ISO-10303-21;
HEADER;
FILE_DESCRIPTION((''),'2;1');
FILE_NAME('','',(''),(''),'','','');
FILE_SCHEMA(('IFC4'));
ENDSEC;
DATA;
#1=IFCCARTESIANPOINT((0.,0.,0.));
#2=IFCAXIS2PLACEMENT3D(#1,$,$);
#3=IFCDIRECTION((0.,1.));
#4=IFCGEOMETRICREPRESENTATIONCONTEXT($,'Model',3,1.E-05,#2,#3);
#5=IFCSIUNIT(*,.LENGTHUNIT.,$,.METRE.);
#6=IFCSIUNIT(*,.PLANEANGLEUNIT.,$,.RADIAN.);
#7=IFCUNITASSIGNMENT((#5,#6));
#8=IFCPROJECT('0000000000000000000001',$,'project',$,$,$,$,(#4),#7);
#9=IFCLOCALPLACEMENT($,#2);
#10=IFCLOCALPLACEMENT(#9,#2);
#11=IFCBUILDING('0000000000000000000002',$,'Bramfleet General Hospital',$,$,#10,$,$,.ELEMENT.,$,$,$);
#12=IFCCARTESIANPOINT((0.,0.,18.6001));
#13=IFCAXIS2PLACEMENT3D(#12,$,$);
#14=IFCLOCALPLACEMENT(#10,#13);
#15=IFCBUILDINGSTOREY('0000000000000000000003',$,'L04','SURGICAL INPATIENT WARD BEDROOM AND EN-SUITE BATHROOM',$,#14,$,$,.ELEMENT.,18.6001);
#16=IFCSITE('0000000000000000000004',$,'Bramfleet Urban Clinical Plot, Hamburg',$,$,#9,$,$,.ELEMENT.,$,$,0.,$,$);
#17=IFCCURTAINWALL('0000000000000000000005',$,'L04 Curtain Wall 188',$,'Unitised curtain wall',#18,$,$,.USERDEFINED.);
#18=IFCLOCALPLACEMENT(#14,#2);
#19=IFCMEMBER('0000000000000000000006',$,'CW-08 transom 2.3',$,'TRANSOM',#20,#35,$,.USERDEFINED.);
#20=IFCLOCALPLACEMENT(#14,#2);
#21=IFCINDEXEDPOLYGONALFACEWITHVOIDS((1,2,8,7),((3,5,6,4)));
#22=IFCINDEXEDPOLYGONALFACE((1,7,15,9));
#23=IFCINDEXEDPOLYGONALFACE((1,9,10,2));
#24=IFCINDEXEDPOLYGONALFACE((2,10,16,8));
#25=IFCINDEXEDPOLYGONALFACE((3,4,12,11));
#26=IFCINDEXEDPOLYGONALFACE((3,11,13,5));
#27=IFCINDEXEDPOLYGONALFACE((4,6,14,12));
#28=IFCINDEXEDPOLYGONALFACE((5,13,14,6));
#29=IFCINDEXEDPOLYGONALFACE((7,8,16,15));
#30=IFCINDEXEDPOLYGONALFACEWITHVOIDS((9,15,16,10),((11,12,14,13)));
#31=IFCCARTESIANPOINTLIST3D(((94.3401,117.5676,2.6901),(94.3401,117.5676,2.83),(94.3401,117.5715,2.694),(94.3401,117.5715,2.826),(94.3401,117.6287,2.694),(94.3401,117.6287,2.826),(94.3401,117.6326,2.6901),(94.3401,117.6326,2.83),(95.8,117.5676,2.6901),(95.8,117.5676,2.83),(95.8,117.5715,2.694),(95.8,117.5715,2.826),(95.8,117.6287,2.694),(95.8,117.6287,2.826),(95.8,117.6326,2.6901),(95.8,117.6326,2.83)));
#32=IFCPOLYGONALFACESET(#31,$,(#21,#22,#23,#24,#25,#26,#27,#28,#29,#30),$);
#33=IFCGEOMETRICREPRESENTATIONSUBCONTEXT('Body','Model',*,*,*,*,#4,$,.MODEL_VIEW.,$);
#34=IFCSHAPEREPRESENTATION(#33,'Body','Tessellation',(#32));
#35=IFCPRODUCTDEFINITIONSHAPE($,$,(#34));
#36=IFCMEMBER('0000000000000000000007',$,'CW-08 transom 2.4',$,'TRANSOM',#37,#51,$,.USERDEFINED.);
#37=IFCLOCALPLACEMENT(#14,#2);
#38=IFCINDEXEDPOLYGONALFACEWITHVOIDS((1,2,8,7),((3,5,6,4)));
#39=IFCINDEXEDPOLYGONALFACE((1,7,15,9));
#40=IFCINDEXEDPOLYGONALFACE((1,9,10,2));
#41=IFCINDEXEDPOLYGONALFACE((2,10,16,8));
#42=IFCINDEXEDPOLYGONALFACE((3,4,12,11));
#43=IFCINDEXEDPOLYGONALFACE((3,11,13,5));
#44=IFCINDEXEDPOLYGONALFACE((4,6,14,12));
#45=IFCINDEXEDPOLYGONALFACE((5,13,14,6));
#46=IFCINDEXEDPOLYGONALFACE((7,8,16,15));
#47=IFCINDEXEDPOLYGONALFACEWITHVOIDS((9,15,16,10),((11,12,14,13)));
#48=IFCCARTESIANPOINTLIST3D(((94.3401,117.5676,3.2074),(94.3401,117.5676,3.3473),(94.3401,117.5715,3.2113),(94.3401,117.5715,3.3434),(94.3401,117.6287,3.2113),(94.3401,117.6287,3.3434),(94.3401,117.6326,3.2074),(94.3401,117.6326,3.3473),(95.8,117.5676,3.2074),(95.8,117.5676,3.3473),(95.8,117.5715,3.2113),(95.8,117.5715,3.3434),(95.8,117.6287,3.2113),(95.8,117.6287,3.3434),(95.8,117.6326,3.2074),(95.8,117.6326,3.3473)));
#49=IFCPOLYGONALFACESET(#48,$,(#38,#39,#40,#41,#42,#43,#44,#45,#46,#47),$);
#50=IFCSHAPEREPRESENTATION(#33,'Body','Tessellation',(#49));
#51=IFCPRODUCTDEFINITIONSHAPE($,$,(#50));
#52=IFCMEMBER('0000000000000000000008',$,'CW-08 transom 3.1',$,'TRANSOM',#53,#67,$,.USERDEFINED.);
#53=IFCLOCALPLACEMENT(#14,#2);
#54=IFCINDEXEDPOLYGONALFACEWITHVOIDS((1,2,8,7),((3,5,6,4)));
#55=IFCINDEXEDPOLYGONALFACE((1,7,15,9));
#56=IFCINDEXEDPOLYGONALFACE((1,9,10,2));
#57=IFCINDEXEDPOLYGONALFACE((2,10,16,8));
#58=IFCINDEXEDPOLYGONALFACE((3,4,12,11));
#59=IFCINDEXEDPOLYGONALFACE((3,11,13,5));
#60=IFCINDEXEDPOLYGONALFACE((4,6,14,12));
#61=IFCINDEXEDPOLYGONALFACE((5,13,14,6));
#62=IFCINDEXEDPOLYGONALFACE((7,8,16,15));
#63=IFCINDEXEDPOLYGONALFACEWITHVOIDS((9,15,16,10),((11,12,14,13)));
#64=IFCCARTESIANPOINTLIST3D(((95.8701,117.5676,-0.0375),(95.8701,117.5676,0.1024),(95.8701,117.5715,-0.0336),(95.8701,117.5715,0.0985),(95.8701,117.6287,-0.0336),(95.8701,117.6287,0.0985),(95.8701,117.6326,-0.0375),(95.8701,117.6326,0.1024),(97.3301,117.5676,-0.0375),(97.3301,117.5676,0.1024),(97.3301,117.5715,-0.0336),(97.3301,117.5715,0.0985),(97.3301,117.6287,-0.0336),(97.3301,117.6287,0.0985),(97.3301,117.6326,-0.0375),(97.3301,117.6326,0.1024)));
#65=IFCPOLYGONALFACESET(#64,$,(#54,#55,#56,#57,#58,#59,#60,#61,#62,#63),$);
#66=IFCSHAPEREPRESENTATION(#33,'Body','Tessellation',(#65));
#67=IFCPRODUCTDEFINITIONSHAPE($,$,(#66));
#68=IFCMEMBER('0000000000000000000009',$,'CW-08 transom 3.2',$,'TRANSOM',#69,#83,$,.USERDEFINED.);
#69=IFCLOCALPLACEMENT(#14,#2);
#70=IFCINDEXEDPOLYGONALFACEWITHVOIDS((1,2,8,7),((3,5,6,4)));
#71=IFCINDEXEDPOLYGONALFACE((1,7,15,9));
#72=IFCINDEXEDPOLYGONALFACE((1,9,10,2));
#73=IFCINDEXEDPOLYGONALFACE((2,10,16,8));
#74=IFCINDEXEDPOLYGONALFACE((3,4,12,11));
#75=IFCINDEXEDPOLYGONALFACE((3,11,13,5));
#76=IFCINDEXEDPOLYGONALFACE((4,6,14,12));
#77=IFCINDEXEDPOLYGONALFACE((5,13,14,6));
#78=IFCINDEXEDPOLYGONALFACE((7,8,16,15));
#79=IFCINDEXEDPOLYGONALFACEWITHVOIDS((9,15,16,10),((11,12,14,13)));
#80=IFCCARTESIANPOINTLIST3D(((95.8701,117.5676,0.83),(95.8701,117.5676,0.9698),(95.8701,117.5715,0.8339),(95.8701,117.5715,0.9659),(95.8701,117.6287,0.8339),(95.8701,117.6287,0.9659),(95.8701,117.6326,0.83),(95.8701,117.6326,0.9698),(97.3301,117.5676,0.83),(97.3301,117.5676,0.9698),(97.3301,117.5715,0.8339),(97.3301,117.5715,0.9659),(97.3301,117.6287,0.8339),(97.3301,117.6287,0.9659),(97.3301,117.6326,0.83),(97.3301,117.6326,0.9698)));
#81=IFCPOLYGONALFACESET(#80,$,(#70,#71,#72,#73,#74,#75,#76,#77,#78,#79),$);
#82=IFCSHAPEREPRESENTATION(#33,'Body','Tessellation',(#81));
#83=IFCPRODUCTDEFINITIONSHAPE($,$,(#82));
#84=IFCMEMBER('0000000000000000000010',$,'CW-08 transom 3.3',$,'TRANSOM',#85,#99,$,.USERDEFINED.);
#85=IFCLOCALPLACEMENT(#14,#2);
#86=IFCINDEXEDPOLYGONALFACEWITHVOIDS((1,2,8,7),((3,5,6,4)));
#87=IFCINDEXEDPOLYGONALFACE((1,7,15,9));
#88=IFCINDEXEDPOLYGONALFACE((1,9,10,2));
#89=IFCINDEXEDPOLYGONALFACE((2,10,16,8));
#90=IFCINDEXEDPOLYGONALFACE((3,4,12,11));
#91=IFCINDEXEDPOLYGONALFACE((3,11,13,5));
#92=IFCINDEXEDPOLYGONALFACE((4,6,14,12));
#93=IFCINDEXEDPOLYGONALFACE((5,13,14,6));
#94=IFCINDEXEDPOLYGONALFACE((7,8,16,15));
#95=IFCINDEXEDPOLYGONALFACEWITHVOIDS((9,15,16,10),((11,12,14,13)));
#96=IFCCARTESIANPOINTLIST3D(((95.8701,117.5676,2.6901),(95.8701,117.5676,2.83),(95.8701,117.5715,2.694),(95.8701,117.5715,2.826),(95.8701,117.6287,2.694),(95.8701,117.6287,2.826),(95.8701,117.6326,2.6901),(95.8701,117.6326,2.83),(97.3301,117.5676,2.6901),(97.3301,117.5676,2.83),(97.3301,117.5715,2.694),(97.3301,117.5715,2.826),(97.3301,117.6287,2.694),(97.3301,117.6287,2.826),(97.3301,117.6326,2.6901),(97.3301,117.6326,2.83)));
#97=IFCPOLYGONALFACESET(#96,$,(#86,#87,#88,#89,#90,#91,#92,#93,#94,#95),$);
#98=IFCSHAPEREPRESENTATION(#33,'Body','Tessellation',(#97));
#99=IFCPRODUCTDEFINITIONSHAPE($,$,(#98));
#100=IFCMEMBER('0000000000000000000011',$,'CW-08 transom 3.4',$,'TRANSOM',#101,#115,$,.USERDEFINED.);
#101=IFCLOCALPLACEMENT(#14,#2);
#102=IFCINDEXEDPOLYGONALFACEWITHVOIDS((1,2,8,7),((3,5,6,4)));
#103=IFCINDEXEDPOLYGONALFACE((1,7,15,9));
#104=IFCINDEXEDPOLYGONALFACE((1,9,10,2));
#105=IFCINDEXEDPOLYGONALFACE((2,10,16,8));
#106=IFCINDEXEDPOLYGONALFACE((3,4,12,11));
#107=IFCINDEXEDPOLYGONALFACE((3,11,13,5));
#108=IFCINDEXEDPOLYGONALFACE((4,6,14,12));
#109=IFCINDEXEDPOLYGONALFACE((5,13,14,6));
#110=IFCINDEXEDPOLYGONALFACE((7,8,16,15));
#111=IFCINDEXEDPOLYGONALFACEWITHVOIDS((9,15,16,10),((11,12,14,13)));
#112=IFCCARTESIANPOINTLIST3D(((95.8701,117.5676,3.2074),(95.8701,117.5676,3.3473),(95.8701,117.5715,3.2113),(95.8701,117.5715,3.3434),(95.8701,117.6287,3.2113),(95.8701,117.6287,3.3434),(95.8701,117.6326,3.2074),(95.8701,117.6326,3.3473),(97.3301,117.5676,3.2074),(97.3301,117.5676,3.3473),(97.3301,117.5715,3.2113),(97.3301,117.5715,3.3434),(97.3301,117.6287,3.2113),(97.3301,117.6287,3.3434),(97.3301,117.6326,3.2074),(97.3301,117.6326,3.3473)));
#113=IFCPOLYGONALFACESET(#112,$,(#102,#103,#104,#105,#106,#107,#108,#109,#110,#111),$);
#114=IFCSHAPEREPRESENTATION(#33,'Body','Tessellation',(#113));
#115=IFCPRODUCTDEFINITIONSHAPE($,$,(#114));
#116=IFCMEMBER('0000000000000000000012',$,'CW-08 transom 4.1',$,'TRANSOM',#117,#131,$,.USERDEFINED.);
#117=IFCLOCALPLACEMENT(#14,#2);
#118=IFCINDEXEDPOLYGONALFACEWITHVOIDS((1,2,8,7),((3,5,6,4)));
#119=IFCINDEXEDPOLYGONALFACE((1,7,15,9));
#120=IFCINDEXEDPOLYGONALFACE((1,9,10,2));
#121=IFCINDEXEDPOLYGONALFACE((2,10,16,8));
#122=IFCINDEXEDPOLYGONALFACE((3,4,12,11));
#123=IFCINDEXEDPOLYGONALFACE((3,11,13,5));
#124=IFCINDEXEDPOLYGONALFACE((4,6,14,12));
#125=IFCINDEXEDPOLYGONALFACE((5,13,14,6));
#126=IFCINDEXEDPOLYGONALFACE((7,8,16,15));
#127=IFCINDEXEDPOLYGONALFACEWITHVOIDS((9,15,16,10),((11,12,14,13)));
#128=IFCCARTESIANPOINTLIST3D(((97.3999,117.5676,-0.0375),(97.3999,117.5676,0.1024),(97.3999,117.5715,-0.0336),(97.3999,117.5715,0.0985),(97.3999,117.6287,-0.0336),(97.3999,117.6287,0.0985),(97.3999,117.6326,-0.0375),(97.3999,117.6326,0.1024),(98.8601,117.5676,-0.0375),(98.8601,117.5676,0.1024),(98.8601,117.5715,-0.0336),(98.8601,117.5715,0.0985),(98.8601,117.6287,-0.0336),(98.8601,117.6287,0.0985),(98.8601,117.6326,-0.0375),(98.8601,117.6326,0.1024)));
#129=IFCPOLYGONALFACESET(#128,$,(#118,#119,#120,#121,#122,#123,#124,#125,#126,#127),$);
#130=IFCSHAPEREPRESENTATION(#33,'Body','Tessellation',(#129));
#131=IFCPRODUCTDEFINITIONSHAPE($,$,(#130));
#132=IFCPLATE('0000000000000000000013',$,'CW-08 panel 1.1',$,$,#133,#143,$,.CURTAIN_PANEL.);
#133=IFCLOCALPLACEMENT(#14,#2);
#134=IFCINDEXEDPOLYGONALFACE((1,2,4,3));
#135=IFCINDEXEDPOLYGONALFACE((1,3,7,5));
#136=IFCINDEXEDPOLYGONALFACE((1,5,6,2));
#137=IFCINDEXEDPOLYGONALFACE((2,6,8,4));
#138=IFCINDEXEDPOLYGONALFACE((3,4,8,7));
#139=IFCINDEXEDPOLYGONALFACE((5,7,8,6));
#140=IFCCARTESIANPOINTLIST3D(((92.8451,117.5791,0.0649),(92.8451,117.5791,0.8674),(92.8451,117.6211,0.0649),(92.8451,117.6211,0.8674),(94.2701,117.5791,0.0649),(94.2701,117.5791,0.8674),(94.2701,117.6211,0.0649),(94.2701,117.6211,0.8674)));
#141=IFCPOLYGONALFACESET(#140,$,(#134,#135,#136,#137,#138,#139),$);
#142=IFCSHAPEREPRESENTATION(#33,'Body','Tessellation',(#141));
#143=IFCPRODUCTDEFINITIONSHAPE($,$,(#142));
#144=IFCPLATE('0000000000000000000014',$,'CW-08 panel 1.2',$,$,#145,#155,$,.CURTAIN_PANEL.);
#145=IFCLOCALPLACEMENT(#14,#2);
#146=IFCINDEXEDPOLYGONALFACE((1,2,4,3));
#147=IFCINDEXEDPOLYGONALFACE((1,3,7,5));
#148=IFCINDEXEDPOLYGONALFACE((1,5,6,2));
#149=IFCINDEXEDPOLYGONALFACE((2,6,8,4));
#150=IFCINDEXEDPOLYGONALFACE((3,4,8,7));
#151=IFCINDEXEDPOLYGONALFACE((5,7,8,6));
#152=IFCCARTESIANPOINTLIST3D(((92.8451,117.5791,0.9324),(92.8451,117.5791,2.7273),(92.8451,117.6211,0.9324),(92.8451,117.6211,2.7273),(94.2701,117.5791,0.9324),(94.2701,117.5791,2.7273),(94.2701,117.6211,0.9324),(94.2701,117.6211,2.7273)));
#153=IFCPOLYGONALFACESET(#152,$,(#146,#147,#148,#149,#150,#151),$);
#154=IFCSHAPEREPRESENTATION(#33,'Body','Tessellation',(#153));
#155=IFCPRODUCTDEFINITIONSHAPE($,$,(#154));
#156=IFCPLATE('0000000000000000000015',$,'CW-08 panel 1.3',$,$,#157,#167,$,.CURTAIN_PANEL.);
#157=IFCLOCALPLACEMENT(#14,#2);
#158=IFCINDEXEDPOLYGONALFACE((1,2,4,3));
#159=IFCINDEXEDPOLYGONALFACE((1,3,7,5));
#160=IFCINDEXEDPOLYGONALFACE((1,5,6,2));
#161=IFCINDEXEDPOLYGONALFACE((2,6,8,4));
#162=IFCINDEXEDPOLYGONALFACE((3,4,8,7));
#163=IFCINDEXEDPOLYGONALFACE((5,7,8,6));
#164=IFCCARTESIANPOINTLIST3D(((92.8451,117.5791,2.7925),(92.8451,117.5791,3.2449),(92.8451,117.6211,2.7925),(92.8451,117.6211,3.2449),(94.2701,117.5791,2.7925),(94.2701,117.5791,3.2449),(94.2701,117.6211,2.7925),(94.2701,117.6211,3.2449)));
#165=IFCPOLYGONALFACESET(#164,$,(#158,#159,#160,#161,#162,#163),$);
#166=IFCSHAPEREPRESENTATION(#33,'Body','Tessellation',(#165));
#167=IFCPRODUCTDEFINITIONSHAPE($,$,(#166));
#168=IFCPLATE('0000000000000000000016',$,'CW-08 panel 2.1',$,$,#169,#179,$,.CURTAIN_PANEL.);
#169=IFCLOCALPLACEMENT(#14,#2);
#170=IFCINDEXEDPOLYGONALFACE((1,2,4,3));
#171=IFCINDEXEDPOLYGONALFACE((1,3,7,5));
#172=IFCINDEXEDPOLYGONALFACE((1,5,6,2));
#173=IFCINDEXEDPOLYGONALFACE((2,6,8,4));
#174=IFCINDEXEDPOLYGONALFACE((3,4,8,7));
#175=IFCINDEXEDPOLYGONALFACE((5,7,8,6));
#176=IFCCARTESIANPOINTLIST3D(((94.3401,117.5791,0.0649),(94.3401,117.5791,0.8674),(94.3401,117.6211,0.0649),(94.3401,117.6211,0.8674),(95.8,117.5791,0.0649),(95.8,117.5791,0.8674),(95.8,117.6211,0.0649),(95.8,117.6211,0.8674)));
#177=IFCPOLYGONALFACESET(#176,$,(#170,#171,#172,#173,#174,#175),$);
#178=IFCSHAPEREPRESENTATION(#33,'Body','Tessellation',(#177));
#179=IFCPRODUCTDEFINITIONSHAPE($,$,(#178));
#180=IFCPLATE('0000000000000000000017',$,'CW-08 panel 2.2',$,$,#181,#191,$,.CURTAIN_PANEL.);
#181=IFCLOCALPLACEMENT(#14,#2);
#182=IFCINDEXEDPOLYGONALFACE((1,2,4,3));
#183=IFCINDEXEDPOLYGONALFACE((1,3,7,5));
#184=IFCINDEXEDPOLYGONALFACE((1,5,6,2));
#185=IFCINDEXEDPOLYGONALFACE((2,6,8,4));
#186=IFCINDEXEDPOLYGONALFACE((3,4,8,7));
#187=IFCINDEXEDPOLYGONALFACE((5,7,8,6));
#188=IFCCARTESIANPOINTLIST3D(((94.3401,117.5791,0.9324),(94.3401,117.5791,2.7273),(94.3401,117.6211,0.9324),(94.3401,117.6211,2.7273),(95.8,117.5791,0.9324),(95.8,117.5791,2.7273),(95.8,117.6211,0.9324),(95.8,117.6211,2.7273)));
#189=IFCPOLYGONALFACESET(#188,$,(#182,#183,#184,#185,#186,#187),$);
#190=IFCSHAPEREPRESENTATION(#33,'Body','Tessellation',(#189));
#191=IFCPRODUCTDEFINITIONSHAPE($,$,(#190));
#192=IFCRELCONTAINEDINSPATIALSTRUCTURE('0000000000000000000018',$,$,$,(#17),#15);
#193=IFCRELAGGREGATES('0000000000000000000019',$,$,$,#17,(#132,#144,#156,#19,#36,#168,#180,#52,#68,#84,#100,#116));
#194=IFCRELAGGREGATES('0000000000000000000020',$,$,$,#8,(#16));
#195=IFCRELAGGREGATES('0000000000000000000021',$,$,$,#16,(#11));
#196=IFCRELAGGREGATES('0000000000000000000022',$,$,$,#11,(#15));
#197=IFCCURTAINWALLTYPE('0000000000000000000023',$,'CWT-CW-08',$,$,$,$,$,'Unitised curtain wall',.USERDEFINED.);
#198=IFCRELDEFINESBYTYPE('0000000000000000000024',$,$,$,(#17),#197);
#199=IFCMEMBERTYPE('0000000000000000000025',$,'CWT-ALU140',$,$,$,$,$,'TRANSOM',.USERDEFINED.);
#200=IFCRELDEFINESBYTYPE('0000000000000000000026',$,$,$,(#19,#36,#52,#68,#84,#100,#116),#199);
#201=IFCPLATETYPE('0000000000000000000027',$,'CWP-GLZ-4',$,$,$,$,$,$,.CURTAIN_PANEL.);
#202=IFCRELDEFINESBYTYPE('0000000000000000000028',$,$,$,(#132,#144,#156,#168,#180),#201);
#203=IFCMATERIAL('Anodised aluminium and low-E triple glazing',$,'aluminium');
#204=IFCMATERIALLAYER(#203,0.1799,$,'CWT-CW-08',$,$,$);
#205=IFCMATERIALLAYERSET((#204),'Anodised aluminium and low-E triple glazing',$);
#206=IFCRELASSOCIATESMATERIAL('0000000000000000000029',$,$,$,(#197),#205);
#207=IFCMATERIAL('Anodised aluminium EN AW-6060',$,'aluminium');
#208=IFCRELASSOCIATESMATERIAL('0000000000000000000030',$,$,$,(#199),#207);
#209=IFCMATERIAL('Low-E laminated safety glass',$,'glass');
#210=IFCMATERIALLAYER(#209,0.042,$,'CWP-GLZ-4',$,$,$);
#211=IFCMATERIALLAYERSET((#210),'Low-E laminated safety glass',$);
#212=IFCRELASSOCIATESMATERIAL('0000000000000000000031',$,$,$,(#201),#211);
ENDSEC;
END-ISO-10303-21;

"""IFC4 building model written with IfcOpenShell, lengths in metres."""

from ifc_helpers import new_model, si_unit, direction, frame, origin, origin_2d, place, context, subcontext, project, spatial, rectangle, hollow_rectangle, extrude, material, layer, layer_set, material_profile, profile_set, type_object, element, aggregate, save


model = new_model("IFC4")

# Units and contexts
model_context = context("Model", 3, precision=1e-05, world=origin(), true_north=direction((0.0, 1.0)))
body_context = subcontext(model_context, "Body", "Model", "MODEL_VIEW")
ifc_project = project(units=[si_unit("LENGTHUNIT", "METRE"), si_unit("PLANEANGLEUNIT", "RADIAN")], contexts=[model_context])

# Site, building, storey
site_placement = place(None, origin())
site = spatial("IfcSite", under=ifc_project, at=site_placement, Name="Bramfleet Urban Clinical Plot, Hamburg", CompositionType="ELEMENT", RefElevation=0.0)
building_placement = place(site_placement, origin())
building = spatial("IfcBuilding", under=site, at=building_placement, Name="Bramfleet General Hospital", CompositionType="ELEMENT")
storey_placement = place(building_placement, frame((0.0, 0.0, 18.6001)))
storey = spatial("IfcBuildingStorey", under=building, at=storey_placement, Name="L04", Description="SURGICAL INPATIENT WARD BEDROOM AND EN-SUITE BATHROOM", CompositionType="ELEMENT", Elevation=18.6001)

# Curtain wall, members, plates
ifc_material_1 = material(Name="Anodised aluminium and low-E triple glazing", Category="aluminium")
ifc_layer_1 = layer(ifc_material_1, 0.1799, Name="CWT-CW-08")
ifc_layer_set_1 = layer_set([ifc_layer_1], Name="Anodised aluminium and low-E triple glazing")
curtain_wall_type = type_object("IfcCurtainWallType", Name="CWT-CW-08", ElementType="Unitised curtain wall", PredefinedType="USERDEFINED", material=ifc_layer_set_1)
curtain_wall_placement = place(storey_placement, origin())
curtain_wall = element("IfcCurtainWall", 1, at=curtain_wall_placement, inside=storey, type_object=curtain_wall_type, Name="L04 Curtain Wall 188", ObjectType="Unitised curtain wall", PredefinedType="USERDEFINED")
ifc_material_2 = material(Name="Anodised aluminium EN AW-6060", Category="aluminium")
ifc_material_profile_1 = material_profile(ifc_material_2, hollow_rectangle(XDim=0.0649, YDim=0.1399, WallThickness=0.0039, at=origin_2d()), Name="ALU 140x65x4.0")
ifc_profile_set_1 = profile_set([ifc_material_profile_1], Name="Anodised aluminium EN AW-6060")
member_type_1 = type_object("IfcMemberType", Name="CWT-ALU140", ElementType="TRANSOM", PredefinedType="USERDEFINED", material=ifc_profile_set_1)
member_1_placement = place(storey_placement, frame((94.3401, 117.6001, 2.76), z_axis=(1.0, 0.0, 0.0), x_axis=(0.0, 1.0, 0.0)))
member_1 = element("IfcMember", 2, at=member_1_placement, type_object=member_type_1, Name="CW-08 transom 2.3", ObjectType="TRANSOM", PredefinedType="USERDEFINED", context=body_context, shape_type="SweptSolid", body=[
    extrude(hollow_rectangle(XDim=0.0649, YDim=0.1399, WallThickness=0.0039, at=origin_2d()), origin(), (0.0, 0.0, 1.0), 1.46),
])
member_2_placement = place(storey_placement, frame((94.3401, 117.6001, 3.2773), z_axis=(1.0, 0.0, 0.0), x_axis=(0.0, 1.0, 0.0)))
member_2 = element("IfcMember", 3, at=member_2_placement, type_object=member_type_1, Name="CW-08 transom 2.4", ObjectType="TRANSOM", PredefinedType="USERDEFINED", context=body_context, shape_type="SweptSolid", body=[
    extrude(hollow_rectangle(XDim=0.0649, YDim=0.1399, WallThickness=0.0039, at=origin_2d()), origin(), (0.0, 0.0, 1.0), 1.46),
])
member_3_placement = place(storey_placement, frame((95.8701, 117.6001, 0.0325), z_axis=(1.0, 0.0, 0.0), x_axis=(0.0, 1.0, 0.0)))
member_3 = element("IfcMember", 4, at=member_3_placement, type_object=member_type_1, Name="CW-08 transom 3.1", ObjectType="TRANSOM", PredefinedType="USERDEFINED", context=body_context, shape_type="SweptSolid", body=[
    extrude(hollow_rectangle(XDim=0.0649, YDim=0.1399, WallThickness=0.0039, at=origin_2d()), origin(), (0.0, 0.0, 1.0), 1.46),
])
member_4_placement = place(storey_placement, frame((95.8701, 117.6001, 0.8999), z_axis=(1.0, 0.0, 0.0), x_axis=(0.0, 1.0, 0.0)))
member_4 = element("IfcMember", 5, at=member_4_placement, type_object=member_type_1, Name="CW-08 transom 3.2", ObjectType="TRANSOM", PredefinedType="USERDEFINED", context=body_context, shape_type="SweptSolid", body=[
    extrude(hollow_rectangle(XDim=0.0649, YDim=0.1399, WallThickness=0.0039, at=origin_2d()), origin(), (0.0, 0.0, 1.0), 1.46),
])
member_5_placement = place(storey_placement, frame((95.8701, 117.6001, 2.76), z_axis=(1.0, 0.0, 0.0), x_axis=(0.0, 1.0, 0.0)))
member_5 = element("IfcMember", 6, at=member_5_placement, type_object=member_type_1, Name="CW-08 transom 3.3", ObjectType="TRANSOM", PredefinedType="USERDEFINED", context=body_context, shape_type="SweptSolid", body=[
    extrude(hollow_rectangle(XDim=0.0649, YDim=0.1399, WallThickness=0.0039, at=origin_2d()), origin(), (0.0, 0.0, 1.0), 1.46),
])
member_6_placement = place(storey_placement, frame((95.8701, 117.6001, 3.2773), z_axis=(1.0, 0.0, 0.0), x_axis=(0.0, 1.0, 0.0)))
member_6 = element("IfcMember", 7, at=member_6_placement, type_object=member_type_1, Name="CW-08 transom 3.4", ObjectType="TRANSOM", PredefinedType="USERDEFINED", context=body_context, shape_type="SweptSolid", body=[
    extrude(hollow_rectangle(XDim=0.0649, YDim=0.1399, WallThickness=0.0039, at=origin_2d()), origin(), (0.0, 0.0, 1.0), 1.46),
])
member_7_placement = place(storey_placement, frame((97.3999, 117.6001, 0.0325), z_axis=(1.0, 0.0, 0.0), x_axis=(0.0, 1.0, 0.0)))
member_7 = element("IfcMember", 8, at=member_7_placement, type_object=member_type_1, Name="CW-08 transom 4.1", ObjectType="TRANSOM", PredefinedType="USERDEFINED", context=body_context, shape_type="SweptSolid", body=[
    extrude(hollow_rectangle(XDim=0.0649, YDim=0.1399, WallThickness=0.0039, at=origin_2d()), origin(), (0.0, 0.0, 1.0), 1.4602),
])
ifc_material_3 = material(Name="Low-E laminated safety glass", Category="glass")
ifc_layer_2 = layer(ifc_material_3, 0.042, Name="CWP-GLZ-4")
ifc_layer_set_2 = layer_set([ifc_layer_2], Name="Low-E laminated safety glass")
plate_type = type_object("IfcPlateType", Name="CWP-GLZ-4", PredefinedType="CURTAIN_PANEL", material=ifc_layer_set_2)
plate_1_placement = place(storey_placement, frame((93.5576, 117.6001, 0.0649), z_axis=(0.0, 0.0, 1.0), x_axis=(1.0, 0.0, 0.0)))
plate_1 = element("IfcPlate", 9, at=plate_1_placement, type_object=plate_type, Name="CW-08 panel 1.1", PredefinedType="CURTAIN_PANEL", context=body_context, shape_type="SweptSolid", body=[
    extrude(rectangle(XDim=1.425, YDim=0.042, at=origin_2d()), origin(), (0.0, 0.0, 1.0), 0.8025),
])
plate_2_placement = place(storey_placement, frame((93.5576, 117.6001, 0.9324), z_axis=(0.0, 0.0, 1.0), x_axis=(1.0, 0.0, 0.0)))
plate_2 = element("IfcPlate", 10, at=plate_2_placement, type_object=plate_type, Name="CW-08 panel 1.2", PredefinedType="CURTAIN_PANEL", context=body_context, shape_type="SweptSolid", body=[
    extrude(rectangle(XDim=1.425, YDim=0.042, at=origin_2d()), origin(), (0.0, 0.0, 1.0), 1.7949),
])
plate_3_placement = place(storey_placement, frame((93.5576, 117.6001, 2.7925), z_axis=(0.0, 0.0, 1.0), x_axis=(1.0, 0.0, 0.0)))
plate_3 = element("IfcPlate", 11, at=plate_3_placement, type_object=plate_type, Name="CW-08 panel 1.3", PredefinedType="CURTAIN_PANEL", context=body_context, shape_type="SweptSolid", body=[
    extrude(rectangle(XDim=1.425, YDim=0.042, at=origin_2d()), origin(), (0.0, 0.0, 1.0), 0.4524),
])
plate_4_placement = place(storey_placement, frame((95.0701, 117.6001, 0.0649), z_axis=(0.0, 0.0, 1.0), x_axis=(1.0, 0.0, 0.0)))
plate_4 = element("IfcPlate", 12, at=plate_4_placement, type_object=plate_type, Name="CW-08 panel 2.1", PredefinedType="CURTAIN_PANEL", context=body_context, shape_type="SweptSolid", body=[
    extrude(rectangle(XDim=1.46, YDim=0.042, at=origin_2d()), origin(), (0.0, 0.0, 1.0), 0.8025),
])
plate_5_placement = place(storey_placement, frame((95.0701, 117.6001, 0.9324), z_axis=(0.0, 0.0, 1.0), x_axis=(1.0, 0.0, 0.0)))
plate_5 = element("IfcPlate", 13, at=plate_5_placement, type_object=plate_type, Name="CW-08 panel 2.2", PredefinedType="CURTAIN_PANEL", context=body_context, shape_type="SweptSolid", body=[
    extrude(rectangle(XDim=1.46, YDim=0.042, at=origin_2d()), origin(), (0.0, 0.0, 1.0), 1.7949),
])
aggregate(curtain_wall, [plate_1, plate_2, plate_3, member_1, member_2, plate_4, plate_5, member_3, member_4, member_5, member_6, member_7])

save(model, "model.ifc")
